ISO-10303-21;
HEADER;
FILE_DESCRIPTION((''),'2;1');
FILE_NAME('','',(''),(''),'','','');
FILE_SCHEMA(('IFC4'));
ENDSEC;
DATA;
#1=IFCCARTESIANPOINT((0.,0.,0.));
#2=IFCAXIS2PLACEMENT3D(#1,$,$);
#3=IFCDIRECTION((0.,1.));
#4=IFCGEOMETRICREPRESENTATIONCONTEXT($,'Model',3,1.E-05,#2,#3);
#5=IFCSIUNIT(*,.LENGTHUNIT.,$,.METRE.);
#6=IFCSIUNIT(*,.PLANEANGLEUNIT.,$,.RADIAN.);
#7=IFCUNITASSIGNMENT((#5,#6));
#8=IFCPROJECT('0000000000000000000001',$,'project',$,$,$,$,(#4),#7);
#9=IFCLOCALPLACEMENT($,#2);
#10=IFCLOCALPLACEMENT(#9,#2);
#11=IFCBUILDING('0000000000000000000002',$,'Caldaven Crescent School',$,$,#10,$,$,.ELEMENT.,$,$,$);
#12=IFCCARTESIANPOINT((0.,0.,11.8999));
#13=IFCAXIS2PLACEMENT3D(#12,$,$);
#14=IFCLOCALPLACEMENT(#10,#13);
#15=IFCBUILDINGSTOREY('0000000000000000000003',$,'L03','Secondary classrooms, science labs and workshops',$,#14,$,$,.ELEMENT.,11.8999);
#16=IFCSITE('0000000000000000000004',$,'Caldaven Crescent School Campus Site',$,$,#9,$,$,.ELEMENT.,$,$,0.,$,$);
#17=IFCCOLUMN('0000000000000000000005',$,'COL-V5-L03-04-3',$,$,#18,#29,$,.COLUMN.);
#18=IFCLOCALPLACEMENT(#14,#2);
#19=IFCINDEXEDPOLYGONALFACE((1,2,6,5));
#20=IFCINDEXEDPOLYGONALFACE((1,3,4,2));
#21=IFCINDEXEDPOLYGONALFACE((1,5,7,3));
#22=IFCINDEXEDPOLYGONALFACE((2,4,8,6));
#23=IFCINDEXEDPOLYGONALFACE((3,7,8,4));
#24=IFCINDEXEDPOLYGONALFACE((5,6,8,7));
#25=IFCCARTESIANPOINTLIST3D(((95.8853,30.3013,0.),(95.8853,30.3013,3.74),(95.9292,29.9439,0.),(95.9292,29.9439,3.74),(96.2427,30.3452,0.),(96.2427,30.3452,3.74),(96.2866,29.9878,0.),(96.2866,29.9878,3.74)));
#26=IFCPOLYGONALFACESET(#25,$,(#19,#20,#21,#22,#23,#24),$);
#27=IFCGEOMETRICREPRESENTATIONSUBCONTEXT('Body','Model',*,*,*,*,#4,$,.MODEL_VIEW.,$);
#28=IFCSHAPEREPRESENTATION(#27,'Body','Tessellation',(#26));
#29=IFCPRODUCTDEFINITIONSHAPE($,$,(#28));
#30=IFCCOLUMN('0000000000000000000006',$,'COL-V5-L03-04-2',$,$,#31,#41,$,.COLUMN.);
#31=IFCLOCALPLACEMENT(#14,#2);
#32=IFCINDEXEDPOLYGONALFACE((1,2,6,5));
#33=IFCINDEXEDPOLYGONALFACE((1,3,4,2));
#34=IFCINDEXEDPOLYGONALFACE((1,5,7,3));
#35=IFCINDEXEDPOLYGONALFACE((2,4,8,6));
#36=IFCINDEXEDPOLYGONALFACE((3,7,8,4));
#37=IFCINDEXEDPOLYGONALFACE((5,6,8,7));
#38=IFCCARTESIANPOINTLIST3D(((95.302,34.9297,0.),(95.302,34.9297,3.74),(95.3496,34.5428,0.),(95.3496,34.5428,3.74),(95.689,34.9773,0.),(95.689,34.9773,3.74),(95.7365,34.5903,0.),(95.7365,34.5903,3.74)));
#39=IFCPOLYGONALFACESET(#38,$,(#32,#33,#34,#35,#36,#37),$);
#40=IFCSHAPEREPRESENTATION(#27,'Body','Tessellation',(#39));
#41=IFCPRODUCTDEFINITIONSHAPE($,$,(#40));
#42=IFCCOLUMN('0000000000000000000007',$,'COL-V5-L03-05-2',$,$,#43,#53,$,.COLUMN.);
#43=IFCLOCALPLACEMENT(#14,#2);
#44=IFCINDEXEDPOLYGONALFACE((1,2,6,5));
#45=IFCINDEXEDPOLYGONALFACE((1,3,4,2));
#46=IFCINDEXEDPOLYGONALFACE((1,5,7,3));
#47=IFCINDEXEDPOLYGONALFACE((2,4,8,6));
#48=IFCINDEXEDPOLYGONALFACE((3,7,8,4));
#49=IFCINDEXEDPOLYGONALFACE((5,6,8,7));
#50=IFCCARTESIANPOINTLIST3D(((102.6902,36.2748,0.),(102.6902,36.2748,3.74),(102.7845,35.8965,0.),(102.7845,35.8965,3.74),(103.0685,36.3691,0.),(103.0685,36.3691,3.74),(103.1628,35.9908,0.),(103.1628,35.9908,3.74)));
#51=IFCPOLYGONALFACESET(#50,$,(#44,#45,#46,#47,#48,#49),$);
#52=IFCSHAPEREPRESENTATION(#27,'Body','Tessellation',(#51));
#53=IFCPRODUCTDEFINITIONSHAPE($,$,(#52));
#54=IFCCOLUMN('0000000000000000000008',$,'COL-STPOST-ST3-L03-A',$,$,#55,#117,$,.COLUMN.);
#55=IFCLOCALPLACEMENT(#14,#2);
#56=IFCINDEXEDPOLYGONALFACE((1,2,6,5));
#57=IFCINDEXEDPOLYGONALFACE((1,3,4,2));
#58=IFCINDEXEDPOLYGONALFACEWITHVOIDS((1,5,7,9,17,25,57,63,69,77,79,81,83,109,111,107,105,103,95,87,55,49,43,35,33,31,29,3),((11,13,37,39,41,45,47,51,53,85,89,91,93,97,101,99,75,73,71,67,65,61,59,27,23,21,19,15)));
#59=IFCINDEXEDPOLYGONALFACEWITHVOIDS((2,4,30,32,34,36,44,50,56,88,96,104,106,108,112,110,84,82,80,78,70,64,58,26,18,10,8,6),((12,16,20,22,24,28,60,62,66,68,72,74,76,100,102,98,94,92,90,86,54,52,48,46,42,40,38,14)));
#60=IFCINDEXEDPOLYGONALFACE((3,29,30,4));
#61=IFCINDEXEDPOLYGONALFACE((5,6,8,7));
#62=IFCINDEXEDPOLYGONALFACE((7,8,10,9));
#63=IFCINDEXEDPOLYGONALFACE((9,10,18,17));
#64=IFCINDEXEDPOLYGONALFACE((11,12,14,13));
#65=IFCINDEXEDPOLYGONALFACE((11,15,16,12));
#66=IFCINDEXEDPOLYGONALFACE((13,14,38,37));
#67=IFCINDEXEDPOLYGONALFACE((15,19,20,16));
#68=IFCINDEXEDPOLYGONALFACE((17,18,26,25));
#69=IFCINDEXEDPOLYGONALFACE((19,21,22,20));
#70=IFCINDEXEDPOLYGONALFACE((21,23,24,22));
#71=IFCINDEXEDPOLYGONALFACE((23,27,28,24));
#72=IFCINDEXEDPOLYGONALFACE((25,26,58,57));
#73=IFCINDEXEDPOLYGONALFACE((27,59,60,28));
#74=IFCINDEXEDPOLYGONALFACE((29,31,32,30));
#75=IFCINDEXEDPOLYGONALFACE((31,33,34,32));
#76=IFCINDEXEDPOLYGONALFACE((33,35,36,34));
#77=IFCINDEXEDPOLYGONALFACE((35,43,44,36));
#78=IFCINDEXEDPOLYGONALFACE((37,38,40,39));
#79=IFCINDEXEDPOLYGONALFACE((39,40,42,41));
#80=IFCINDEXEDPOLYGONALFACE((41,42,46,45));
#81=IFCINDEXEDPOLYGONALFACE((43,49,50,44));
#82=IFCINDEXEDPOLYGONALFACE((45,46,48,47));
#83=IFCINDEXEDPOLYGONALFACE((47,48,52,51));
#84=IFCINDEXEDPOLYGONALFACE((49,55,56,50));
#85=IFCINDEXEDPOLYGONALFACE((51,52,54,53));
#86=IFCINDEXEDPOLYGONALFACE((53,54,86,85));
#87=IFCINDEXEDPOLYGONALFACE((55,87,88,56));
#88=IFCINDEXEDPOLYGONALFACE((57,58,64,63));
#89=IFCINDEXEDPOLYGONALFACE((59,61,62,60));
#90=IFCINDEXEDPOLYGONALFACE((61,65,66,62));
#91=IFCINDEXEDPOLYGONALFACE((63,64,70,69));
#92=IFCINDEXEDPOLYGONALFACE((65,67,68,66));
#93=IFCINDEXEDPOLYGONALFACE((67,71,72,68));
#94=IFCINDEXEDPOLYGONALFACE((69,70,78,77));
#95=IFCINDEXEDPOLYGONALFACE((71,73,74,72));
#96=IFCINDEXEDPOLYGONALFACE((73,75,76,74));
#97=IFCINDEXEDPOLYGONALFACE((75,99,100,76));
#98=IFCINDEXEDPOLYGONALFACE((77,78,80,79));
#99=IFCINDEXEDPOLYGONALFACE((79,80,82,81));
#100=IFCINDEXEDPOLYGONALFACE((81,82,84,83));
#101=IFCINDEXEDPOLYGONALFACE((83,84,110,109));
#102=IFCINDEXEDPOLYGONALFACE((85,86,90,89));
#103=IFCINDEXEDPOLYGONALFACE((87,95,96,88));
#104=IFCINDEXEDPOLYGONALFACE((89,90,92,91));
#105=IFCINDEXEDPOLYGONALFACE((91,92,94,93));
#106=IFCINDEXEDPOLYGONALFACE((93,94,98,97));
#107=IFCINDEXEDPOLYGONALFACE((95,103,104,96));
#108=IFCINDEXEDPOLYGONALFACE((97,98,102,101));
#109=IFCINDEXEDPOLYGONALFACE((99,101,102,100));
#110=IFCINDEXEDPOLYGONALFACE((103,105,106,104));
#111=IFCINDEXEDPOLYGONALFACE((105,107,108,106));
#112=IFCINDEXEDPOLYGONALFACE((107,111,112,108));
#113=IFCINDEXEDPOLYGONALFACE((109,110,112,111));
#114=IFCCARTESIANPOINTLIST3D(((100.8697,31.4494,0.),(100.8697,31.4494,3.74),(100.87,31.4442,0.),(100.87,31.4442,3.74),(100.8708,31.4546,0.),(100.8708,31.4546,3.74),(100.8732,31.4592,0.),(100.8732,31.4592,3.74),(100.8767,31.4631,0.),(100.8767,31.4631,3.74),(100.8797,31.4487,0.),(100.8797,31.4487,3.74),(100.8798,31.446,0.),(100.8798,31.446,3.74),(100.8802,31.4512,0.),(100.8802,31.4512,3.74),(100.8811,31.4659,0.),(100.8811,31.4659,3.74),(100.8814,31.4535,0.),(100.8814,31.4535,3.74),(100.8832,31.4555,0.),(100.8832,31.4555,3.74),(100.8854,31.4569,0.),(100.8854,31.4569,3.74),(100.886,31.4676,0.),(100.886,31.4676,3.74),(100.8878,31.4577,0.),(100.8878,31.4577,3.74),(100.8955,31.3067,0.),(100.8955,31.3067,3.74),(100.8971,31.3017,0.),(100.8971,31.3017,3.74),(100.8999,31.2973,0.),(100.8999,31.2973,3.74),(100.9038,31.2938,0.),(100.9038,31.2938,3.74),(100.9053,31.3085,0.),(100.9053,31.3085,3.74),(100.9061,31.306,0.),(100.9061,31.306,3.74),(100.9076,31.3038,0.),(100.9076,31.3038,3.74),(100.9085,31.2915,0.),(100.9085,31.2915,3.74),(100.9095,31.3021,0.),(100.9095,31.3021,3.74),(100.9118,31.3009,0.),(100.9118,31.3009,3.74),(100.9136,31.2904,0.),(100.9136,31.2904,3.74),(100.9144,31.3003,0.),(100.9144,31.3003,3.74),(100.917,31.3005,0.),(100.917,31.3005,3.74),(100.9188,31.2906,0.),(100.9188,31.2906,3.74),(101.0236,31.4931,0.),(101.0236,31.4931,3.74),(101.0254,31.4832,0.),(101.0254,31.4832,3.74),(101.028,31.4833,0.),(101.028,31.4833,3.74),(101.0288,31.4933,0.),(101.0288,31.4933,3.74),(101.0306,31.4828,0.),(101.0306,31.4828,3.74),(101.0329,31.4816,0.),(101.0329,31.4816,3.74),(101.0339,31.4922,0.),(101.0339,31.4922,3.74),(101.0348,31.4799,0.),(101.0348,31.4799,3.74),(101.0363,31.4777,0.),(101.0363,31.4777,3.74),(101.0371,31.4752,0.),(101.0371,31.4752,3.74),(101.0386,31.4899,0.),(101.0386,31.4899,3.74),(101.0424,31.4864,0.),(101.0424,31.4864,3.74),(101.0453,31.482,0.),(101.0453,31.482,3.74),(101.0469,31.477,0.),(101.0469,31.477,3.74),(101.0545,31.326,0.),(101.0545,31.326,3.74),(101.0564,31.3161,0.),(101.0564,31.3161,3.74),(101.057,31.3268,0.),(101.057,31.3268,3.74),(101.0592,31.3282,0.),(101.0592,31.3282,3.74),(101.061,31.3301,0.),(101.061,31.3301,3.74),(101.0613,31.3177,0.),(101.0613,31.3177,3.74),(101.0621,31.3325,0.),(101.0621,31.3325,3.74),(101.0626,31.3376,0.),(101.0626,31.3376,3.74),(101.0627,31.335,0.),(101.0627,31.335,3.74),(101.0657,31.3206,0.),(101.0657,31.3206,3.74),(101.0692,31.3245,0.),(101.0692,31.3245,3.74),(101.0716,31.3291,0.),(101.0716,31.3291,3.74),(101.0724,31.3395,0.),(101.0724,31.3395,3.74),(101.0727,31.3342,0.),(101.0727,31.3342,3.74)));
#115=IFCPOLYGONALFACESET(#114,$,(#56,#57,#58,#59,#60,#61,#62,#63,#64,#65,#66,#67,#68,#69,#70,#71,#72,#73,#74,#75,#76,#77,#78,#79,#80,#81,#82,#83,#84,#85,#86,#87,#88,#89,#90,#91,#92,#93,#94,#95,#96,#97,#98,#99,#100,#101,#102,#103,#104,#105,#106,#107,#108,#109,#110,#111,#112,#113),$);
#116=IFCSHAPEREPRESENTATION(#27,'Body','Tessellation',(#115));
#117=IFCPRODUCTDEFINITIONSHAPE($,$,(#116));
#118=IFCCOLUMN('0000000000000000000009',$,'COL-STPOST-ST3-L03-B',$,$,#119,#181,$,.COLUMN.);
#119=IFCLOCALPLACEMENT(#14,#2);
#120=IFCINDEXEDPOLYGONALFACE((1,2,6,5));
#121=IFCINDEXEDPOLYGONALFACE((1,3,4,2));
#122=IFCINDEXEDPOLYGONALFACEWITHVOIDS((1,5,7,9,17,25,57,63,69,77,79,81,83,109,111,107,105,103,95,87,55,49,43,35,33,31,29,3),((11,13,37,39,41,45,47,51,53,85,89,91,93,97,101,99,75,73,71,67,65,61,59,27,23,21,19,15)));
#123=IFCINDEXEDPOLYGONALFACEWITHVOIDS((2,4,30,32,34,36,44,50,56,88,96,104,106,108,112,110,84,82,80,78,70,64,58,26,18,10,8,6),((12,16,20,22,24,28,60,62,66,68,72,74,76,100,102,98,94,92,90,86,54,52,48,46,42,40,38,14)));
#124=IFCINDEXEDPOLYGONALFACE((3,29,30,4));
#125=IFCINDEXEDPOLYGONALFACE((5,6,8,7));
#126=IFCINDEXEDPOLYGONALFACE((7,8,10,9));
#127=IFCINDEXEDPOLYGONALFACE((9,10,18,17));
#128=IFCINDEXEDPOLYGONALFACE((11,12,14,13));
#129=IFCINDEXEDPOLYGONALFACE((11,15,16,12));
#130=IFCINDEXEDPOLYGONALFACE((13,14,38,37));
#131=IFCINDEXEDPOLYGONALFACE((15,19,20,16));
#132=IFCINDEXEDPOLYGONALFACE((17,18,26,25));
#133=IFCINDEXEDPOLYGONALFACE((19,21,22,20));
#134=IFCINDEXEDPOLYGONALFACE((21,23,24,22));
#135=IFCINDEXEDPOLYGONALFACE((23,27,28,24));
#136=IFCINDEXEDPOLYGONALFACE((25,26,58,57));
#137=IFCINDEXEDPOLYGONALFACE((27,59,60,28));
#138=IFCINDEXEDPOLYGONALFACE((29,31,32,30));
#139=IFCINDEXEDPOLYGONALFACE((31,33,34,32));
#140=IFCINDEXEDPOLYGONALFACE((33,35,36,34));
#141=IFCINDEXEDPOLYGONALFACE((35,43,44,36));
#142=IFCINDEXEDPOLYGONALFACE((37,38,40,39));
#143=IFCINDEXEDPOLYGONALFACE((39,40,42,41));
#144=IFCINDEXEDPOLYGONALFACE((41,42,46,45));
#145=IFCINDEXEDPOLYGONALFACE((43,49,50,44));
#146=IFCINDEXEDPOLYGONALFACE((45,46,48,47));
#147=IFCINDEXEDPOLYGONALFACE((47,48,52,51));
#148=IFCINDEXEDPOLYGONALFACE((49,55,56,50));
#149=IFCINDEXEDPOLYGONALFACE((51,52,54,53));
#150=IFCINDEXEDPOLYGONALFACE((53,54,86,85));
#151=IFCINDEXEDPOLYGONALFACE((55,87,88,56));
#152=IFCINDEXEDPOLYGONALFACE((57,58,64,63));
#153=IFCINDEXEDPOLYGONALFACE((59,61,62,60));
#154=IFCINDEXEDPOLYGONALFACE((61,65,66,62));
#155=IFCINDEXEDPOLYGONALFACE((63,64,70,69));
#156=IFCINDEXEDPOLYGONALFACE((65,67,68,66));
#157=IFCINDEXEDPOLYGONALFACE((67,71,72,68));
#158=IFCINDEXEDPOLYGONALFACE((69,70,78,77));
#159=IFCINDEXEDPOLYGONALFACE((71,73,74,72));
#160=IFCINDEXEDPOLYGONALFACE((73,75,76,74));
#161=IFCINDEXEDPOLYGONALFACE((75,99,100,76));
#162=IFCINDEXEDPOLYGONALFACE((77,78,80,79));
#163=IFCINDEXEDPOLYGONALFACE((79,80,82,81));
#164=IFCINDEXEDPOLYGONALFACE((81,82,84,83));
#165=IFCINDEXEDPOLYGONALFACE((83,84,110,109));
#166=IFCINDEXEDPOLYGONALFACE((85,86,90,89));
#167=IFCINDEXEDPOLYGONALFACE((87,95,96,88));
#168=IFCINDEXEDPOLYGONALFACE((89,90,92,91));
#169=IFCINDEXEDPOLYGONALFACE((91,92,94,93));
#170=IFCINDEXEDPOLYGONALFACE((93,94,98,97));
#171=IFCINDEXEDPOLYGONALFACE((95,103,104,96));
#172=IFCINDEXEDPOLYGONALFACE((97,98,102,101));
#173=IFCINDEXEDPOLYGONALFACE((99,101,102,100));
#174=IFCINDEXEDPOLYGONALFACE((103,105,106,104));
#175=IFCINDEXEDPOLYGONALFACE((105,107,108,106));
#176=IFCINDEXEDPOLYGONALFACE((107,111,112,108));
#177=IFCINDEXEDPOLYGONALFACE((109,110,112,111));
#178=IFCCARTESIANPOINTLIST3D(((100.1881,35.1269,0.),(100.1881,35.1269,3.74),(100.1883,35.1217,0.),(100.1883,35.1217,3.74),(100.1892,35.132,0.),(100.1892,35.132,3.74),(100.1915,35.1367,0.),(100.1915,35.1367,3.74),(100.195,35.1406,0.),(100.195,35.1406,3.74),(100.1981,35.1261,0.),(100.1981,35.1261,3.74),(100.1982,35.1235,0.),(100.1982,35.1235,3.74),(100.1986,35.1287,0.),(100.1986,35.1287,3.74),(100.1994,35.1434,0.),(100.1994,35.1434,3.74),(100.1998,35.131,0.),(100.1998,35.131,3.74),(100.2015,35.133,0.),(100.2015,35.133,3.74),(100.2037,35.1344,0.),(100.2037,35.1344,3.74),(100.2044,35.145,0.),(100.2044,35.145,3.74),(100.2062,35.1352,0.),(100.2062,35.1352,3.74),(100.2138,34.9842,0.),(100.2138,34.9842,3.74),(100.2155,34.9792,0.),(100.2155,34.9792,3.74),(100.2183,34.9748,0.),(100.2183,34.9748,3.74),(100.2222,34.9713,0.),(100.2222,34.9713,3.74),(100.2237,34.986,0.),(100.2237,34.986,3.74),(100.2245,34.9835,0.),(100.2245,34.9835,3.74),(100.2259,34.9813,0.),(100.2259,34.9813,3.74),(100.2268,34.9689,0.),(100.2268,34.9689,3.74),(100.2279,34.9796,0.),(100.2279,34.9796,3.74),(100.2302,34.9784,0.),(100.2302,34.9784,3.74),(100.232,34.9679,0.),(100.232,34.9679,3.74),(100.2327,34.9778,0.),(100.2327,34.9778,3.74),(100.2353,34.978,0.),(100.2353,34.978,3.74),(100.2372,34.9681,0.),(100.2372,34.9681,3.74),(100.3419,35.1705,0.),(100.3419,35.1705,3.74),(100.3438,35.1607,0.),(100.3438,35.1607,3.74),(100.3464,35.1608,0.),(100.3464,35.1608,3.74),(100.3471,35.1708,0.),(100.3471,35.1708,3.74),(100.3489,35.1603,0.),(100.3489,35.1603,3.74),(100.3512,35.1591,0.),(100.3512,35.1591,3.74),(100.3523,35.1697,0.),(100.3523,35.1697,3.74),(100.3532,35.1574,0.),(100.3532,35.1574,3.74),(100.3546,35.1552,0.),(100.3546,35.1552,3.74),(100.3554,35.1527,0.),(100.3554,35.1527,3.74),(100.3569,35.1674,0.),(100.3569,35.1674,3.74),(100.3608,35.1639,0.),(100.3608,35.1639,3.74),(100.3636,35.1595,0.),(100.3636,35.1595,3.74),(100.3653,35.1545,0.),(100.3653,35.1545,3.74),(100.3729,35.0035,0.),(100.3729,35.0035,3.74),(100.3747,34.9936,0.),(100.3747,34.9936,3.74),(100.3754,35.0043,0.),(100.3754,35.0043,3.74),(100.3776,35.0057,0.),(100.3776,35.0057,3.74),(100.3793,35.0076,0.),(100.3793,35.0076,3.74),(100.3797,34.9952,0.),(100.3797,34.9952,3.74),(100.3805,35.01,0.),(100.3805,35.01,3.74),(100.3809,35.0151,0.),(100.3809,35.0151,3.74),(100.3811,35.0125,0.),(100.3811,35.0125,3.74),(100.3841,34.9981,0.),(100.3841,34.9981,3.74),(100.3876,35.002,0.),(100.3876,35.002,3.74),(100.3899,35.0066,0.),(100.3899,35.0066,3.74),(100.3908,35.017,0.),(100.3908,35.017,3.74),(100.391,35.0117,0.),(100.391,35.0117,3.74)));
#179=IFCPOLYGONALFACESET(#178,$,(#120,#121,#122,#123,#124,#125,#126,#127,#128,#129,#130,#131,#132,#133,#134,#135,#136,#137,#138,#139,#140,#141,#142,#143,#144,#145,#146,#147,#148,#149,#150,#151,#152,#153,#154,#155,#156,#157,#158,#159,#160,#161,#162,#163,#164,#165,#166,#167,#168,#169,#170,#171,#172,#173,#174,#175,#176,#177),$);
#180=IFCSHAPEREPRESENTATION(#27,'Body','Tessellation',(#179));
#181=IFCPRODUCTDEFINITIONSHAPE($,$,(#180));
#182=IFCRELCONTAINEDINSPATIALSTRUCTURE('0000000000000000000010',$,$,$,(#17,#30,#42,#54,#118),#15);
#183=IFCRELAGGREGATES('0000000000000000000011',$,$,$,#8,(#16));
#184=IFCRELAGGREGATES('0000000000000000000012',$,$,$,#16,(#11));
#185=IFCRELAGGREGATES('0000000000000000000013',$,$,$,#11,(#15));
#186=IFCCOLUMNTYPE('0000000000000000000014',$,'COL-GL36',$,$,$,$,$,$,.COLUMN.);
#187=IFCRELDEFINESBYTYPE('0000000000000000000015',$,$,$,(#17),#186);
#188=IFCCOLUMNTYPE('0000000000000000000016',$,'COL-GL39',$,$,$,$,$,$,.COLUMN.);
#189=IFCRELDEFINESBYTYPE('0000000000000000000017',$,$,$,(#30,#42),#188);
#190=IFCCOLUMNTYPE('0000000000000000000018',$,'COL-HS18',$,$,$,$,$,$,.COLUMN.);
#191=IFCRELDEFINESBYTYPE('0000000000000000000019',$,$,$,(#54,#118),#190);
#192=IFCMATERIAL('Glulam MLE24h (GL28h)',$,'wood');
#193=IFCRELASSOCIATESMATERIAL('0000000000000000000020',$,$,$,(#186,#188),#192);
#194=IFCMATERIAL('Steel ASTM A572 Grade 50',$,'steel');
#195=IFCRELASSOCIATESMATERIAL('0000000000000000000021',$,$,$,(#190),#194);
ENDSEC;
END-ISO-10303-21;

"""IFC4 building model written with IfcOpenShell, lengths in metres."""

from ifc_helpers import new_model, si_unit, direction, frame, origin, origin_2d, place, context, subcontext, project, spatial, rectangle, hollow_rectangle, extrude, material, material_profile, profile_set, type_object, element, save


model = new_model("IFC4")

# Units and contexts
model_context = context("Model", 3, precision=1e-05, world=origin(), true_north=direction((0.0, 1.0)))
body_context = subcontext(model_context, "Body", "Model", "MODEL_VIEW")
ifc_project = project(units=[si_unit("LENGTHUNIT", "METRE"), si_unit("PLANEANGLEUNIT", "RADIAN")], contexts=[model_context])

# Site, building, storey
site_placement = place(None, origin())
site = spatial("IfcSite", under=ifc_project, at=site_placement, Name="Caldaven Crescent School Campus Site", CompositionType="ELEMENT", RefElevation=0.0)
building_placement = place(site_placement, origin())
building = spatial("IfcBuilding", under=site, at=building_placement, Name="Caldaven Crescent School", CompositionType="ELEMENT")
storey_placement = place(building_placement, frame((0.0, 0.0, 11.8999)))
storey = spatial("IfcBuildingStorey", under=building, at=storey_placement, Name="L03", Description="Secondary classrooms, science labs and workshops", CompositionType="ELEMENT", Elevation=11.8999)

# Columns
ifc_material_1 = material(Name="Glulam MLE24h (GL28h)", Category="wood")
ifc_material_profile_1 = material_profile(ifc_material_1, rectangle(XDim=0.3601, YDim=0.3601, at=origin_2d()), Name="MLE 360x360")
ifc_profile_set_1 = profile_set([ifc_material_profile_1], Name="Glulam MLE24h (GL28h)")
column_type_1 = type_object("IfcColumnType", Name="COL-GL36", PredefinedType="COLUMN", material=ifc_profile_set_1)
column_placement = place(storey_placement, frame((96.0859, 30.1445, 0.0), z_axis=(0.0, 0.0, 1.0), x_axis=(0.121869, -0.992546, 0.0)))
element("IfcColumn", 1, at=column_placement, inside=storey, type_object=column_type_1, Name="COL-V5-L03-04-3", PredefinedType="COLUMN", context=body_context, shape_type="SweptSolid", body=[
    extrude(rectangle(XDim=0.3601, YDim=0.3601, at=origin_2d()), origin(), (0.0, 0.0, 1.0), 3.74),
])
ifc_material_profile_2 = material_profile(ifc_material_1, rectangle(XDim=0.3899, YDim=0.3899, at=origin_2d()), Name="MLE 390x390")
ifc_profile_set_2 = profile_set([ifc_material_profile_2], Name="Glulam MLE24h (GL28h)")
column_type_2 = type_object("IfcColumnType", Name="COL-GL39", PredefinedType="COLUMN", material=ifc_profile_set_2)
for number, where, z_axis, x_axis, name in (
    (2, (95.5193, 34.76, 0.0), (0.0, 0.0, 1.0), (0.121869, -0.992546, 0.0), "COL-V5-L03-04-2"),
    (3, (102.9265, 36.1328, 0.0), (0.0, 0.0, 1.0), (0.241922, -0.970296, 0.0), "COL-V5-L03-05-2"),
):
    element("IfcColumn", number, at=place(storey_placement, frame(where, z_axis=z_axis, x_axis=x_axis)), inside=storey, type_object=column_type_2, Name=name, PredefinedType="COLUMN", context=body_context, shape_type="SweptSolid", body=[
        extrude(rectangle(XDim=0.3899, YDim=0.3899, at=origin_2d()), origin(), (0.0, 0.0, 1.0), 3.74),
    ])
ifc_material_2 = material(Name="Steel ASTM A572 Grade 50", Category="steel")
ifc_material_profile_3 = material_profile(ifc_material_2, hollow_rectangle(XDim=0.1799, YDim=0.1799, WallThickness=0.01, InnerFilletRadius=0.01, OuterFilletRadius=0.02, at=origin_2d()), Name="HSS 180x180x10")
ifc_profile_set_3 = profile_set([ifc_material_profile_3], Name="Steel ASTM A572 Grade 50")
column_type_3 = type_object("IfcColumnType", Name="COL-HS18", PredefinedType="COLUMN", material=ifc_profile_set_3)
for number, where, z_axis, x_axis, name in (
    (4, (100.9712, 31.3918, 0.0), (0.0, 0.0, 1.0), (0.983255, 0.182236, 0.0), "COL-STPOST-ST3-L03-A"),
    (5, (100.2896, 35.0693, 0.0), (0.0, 0.0, 1.0), (0.983255, 0.182236, 0.0), "COL-STPOST-ST3-L03-B"),
):
    element("IfcColumn", number, at=place(storey_placement, frame(where, z_axis=z_axis, x_axis=x_axis)), inside=storey, type_object=column_type_3, Name=name, PredefinedType="COLUMN", context=body_context, shape_type="SweptSolid", body=[
        extrude(hollow_rectangle(XDim=0.1799, YDim=0.1799, WallThickness=0.01, InnerFilletRadius=0.01, OuterFilletRadius=0.02, at=origin_2d()), origin(), (0.0, 0.0, 1.0), 3.74),
    ])

save(model, "model.ifc")
